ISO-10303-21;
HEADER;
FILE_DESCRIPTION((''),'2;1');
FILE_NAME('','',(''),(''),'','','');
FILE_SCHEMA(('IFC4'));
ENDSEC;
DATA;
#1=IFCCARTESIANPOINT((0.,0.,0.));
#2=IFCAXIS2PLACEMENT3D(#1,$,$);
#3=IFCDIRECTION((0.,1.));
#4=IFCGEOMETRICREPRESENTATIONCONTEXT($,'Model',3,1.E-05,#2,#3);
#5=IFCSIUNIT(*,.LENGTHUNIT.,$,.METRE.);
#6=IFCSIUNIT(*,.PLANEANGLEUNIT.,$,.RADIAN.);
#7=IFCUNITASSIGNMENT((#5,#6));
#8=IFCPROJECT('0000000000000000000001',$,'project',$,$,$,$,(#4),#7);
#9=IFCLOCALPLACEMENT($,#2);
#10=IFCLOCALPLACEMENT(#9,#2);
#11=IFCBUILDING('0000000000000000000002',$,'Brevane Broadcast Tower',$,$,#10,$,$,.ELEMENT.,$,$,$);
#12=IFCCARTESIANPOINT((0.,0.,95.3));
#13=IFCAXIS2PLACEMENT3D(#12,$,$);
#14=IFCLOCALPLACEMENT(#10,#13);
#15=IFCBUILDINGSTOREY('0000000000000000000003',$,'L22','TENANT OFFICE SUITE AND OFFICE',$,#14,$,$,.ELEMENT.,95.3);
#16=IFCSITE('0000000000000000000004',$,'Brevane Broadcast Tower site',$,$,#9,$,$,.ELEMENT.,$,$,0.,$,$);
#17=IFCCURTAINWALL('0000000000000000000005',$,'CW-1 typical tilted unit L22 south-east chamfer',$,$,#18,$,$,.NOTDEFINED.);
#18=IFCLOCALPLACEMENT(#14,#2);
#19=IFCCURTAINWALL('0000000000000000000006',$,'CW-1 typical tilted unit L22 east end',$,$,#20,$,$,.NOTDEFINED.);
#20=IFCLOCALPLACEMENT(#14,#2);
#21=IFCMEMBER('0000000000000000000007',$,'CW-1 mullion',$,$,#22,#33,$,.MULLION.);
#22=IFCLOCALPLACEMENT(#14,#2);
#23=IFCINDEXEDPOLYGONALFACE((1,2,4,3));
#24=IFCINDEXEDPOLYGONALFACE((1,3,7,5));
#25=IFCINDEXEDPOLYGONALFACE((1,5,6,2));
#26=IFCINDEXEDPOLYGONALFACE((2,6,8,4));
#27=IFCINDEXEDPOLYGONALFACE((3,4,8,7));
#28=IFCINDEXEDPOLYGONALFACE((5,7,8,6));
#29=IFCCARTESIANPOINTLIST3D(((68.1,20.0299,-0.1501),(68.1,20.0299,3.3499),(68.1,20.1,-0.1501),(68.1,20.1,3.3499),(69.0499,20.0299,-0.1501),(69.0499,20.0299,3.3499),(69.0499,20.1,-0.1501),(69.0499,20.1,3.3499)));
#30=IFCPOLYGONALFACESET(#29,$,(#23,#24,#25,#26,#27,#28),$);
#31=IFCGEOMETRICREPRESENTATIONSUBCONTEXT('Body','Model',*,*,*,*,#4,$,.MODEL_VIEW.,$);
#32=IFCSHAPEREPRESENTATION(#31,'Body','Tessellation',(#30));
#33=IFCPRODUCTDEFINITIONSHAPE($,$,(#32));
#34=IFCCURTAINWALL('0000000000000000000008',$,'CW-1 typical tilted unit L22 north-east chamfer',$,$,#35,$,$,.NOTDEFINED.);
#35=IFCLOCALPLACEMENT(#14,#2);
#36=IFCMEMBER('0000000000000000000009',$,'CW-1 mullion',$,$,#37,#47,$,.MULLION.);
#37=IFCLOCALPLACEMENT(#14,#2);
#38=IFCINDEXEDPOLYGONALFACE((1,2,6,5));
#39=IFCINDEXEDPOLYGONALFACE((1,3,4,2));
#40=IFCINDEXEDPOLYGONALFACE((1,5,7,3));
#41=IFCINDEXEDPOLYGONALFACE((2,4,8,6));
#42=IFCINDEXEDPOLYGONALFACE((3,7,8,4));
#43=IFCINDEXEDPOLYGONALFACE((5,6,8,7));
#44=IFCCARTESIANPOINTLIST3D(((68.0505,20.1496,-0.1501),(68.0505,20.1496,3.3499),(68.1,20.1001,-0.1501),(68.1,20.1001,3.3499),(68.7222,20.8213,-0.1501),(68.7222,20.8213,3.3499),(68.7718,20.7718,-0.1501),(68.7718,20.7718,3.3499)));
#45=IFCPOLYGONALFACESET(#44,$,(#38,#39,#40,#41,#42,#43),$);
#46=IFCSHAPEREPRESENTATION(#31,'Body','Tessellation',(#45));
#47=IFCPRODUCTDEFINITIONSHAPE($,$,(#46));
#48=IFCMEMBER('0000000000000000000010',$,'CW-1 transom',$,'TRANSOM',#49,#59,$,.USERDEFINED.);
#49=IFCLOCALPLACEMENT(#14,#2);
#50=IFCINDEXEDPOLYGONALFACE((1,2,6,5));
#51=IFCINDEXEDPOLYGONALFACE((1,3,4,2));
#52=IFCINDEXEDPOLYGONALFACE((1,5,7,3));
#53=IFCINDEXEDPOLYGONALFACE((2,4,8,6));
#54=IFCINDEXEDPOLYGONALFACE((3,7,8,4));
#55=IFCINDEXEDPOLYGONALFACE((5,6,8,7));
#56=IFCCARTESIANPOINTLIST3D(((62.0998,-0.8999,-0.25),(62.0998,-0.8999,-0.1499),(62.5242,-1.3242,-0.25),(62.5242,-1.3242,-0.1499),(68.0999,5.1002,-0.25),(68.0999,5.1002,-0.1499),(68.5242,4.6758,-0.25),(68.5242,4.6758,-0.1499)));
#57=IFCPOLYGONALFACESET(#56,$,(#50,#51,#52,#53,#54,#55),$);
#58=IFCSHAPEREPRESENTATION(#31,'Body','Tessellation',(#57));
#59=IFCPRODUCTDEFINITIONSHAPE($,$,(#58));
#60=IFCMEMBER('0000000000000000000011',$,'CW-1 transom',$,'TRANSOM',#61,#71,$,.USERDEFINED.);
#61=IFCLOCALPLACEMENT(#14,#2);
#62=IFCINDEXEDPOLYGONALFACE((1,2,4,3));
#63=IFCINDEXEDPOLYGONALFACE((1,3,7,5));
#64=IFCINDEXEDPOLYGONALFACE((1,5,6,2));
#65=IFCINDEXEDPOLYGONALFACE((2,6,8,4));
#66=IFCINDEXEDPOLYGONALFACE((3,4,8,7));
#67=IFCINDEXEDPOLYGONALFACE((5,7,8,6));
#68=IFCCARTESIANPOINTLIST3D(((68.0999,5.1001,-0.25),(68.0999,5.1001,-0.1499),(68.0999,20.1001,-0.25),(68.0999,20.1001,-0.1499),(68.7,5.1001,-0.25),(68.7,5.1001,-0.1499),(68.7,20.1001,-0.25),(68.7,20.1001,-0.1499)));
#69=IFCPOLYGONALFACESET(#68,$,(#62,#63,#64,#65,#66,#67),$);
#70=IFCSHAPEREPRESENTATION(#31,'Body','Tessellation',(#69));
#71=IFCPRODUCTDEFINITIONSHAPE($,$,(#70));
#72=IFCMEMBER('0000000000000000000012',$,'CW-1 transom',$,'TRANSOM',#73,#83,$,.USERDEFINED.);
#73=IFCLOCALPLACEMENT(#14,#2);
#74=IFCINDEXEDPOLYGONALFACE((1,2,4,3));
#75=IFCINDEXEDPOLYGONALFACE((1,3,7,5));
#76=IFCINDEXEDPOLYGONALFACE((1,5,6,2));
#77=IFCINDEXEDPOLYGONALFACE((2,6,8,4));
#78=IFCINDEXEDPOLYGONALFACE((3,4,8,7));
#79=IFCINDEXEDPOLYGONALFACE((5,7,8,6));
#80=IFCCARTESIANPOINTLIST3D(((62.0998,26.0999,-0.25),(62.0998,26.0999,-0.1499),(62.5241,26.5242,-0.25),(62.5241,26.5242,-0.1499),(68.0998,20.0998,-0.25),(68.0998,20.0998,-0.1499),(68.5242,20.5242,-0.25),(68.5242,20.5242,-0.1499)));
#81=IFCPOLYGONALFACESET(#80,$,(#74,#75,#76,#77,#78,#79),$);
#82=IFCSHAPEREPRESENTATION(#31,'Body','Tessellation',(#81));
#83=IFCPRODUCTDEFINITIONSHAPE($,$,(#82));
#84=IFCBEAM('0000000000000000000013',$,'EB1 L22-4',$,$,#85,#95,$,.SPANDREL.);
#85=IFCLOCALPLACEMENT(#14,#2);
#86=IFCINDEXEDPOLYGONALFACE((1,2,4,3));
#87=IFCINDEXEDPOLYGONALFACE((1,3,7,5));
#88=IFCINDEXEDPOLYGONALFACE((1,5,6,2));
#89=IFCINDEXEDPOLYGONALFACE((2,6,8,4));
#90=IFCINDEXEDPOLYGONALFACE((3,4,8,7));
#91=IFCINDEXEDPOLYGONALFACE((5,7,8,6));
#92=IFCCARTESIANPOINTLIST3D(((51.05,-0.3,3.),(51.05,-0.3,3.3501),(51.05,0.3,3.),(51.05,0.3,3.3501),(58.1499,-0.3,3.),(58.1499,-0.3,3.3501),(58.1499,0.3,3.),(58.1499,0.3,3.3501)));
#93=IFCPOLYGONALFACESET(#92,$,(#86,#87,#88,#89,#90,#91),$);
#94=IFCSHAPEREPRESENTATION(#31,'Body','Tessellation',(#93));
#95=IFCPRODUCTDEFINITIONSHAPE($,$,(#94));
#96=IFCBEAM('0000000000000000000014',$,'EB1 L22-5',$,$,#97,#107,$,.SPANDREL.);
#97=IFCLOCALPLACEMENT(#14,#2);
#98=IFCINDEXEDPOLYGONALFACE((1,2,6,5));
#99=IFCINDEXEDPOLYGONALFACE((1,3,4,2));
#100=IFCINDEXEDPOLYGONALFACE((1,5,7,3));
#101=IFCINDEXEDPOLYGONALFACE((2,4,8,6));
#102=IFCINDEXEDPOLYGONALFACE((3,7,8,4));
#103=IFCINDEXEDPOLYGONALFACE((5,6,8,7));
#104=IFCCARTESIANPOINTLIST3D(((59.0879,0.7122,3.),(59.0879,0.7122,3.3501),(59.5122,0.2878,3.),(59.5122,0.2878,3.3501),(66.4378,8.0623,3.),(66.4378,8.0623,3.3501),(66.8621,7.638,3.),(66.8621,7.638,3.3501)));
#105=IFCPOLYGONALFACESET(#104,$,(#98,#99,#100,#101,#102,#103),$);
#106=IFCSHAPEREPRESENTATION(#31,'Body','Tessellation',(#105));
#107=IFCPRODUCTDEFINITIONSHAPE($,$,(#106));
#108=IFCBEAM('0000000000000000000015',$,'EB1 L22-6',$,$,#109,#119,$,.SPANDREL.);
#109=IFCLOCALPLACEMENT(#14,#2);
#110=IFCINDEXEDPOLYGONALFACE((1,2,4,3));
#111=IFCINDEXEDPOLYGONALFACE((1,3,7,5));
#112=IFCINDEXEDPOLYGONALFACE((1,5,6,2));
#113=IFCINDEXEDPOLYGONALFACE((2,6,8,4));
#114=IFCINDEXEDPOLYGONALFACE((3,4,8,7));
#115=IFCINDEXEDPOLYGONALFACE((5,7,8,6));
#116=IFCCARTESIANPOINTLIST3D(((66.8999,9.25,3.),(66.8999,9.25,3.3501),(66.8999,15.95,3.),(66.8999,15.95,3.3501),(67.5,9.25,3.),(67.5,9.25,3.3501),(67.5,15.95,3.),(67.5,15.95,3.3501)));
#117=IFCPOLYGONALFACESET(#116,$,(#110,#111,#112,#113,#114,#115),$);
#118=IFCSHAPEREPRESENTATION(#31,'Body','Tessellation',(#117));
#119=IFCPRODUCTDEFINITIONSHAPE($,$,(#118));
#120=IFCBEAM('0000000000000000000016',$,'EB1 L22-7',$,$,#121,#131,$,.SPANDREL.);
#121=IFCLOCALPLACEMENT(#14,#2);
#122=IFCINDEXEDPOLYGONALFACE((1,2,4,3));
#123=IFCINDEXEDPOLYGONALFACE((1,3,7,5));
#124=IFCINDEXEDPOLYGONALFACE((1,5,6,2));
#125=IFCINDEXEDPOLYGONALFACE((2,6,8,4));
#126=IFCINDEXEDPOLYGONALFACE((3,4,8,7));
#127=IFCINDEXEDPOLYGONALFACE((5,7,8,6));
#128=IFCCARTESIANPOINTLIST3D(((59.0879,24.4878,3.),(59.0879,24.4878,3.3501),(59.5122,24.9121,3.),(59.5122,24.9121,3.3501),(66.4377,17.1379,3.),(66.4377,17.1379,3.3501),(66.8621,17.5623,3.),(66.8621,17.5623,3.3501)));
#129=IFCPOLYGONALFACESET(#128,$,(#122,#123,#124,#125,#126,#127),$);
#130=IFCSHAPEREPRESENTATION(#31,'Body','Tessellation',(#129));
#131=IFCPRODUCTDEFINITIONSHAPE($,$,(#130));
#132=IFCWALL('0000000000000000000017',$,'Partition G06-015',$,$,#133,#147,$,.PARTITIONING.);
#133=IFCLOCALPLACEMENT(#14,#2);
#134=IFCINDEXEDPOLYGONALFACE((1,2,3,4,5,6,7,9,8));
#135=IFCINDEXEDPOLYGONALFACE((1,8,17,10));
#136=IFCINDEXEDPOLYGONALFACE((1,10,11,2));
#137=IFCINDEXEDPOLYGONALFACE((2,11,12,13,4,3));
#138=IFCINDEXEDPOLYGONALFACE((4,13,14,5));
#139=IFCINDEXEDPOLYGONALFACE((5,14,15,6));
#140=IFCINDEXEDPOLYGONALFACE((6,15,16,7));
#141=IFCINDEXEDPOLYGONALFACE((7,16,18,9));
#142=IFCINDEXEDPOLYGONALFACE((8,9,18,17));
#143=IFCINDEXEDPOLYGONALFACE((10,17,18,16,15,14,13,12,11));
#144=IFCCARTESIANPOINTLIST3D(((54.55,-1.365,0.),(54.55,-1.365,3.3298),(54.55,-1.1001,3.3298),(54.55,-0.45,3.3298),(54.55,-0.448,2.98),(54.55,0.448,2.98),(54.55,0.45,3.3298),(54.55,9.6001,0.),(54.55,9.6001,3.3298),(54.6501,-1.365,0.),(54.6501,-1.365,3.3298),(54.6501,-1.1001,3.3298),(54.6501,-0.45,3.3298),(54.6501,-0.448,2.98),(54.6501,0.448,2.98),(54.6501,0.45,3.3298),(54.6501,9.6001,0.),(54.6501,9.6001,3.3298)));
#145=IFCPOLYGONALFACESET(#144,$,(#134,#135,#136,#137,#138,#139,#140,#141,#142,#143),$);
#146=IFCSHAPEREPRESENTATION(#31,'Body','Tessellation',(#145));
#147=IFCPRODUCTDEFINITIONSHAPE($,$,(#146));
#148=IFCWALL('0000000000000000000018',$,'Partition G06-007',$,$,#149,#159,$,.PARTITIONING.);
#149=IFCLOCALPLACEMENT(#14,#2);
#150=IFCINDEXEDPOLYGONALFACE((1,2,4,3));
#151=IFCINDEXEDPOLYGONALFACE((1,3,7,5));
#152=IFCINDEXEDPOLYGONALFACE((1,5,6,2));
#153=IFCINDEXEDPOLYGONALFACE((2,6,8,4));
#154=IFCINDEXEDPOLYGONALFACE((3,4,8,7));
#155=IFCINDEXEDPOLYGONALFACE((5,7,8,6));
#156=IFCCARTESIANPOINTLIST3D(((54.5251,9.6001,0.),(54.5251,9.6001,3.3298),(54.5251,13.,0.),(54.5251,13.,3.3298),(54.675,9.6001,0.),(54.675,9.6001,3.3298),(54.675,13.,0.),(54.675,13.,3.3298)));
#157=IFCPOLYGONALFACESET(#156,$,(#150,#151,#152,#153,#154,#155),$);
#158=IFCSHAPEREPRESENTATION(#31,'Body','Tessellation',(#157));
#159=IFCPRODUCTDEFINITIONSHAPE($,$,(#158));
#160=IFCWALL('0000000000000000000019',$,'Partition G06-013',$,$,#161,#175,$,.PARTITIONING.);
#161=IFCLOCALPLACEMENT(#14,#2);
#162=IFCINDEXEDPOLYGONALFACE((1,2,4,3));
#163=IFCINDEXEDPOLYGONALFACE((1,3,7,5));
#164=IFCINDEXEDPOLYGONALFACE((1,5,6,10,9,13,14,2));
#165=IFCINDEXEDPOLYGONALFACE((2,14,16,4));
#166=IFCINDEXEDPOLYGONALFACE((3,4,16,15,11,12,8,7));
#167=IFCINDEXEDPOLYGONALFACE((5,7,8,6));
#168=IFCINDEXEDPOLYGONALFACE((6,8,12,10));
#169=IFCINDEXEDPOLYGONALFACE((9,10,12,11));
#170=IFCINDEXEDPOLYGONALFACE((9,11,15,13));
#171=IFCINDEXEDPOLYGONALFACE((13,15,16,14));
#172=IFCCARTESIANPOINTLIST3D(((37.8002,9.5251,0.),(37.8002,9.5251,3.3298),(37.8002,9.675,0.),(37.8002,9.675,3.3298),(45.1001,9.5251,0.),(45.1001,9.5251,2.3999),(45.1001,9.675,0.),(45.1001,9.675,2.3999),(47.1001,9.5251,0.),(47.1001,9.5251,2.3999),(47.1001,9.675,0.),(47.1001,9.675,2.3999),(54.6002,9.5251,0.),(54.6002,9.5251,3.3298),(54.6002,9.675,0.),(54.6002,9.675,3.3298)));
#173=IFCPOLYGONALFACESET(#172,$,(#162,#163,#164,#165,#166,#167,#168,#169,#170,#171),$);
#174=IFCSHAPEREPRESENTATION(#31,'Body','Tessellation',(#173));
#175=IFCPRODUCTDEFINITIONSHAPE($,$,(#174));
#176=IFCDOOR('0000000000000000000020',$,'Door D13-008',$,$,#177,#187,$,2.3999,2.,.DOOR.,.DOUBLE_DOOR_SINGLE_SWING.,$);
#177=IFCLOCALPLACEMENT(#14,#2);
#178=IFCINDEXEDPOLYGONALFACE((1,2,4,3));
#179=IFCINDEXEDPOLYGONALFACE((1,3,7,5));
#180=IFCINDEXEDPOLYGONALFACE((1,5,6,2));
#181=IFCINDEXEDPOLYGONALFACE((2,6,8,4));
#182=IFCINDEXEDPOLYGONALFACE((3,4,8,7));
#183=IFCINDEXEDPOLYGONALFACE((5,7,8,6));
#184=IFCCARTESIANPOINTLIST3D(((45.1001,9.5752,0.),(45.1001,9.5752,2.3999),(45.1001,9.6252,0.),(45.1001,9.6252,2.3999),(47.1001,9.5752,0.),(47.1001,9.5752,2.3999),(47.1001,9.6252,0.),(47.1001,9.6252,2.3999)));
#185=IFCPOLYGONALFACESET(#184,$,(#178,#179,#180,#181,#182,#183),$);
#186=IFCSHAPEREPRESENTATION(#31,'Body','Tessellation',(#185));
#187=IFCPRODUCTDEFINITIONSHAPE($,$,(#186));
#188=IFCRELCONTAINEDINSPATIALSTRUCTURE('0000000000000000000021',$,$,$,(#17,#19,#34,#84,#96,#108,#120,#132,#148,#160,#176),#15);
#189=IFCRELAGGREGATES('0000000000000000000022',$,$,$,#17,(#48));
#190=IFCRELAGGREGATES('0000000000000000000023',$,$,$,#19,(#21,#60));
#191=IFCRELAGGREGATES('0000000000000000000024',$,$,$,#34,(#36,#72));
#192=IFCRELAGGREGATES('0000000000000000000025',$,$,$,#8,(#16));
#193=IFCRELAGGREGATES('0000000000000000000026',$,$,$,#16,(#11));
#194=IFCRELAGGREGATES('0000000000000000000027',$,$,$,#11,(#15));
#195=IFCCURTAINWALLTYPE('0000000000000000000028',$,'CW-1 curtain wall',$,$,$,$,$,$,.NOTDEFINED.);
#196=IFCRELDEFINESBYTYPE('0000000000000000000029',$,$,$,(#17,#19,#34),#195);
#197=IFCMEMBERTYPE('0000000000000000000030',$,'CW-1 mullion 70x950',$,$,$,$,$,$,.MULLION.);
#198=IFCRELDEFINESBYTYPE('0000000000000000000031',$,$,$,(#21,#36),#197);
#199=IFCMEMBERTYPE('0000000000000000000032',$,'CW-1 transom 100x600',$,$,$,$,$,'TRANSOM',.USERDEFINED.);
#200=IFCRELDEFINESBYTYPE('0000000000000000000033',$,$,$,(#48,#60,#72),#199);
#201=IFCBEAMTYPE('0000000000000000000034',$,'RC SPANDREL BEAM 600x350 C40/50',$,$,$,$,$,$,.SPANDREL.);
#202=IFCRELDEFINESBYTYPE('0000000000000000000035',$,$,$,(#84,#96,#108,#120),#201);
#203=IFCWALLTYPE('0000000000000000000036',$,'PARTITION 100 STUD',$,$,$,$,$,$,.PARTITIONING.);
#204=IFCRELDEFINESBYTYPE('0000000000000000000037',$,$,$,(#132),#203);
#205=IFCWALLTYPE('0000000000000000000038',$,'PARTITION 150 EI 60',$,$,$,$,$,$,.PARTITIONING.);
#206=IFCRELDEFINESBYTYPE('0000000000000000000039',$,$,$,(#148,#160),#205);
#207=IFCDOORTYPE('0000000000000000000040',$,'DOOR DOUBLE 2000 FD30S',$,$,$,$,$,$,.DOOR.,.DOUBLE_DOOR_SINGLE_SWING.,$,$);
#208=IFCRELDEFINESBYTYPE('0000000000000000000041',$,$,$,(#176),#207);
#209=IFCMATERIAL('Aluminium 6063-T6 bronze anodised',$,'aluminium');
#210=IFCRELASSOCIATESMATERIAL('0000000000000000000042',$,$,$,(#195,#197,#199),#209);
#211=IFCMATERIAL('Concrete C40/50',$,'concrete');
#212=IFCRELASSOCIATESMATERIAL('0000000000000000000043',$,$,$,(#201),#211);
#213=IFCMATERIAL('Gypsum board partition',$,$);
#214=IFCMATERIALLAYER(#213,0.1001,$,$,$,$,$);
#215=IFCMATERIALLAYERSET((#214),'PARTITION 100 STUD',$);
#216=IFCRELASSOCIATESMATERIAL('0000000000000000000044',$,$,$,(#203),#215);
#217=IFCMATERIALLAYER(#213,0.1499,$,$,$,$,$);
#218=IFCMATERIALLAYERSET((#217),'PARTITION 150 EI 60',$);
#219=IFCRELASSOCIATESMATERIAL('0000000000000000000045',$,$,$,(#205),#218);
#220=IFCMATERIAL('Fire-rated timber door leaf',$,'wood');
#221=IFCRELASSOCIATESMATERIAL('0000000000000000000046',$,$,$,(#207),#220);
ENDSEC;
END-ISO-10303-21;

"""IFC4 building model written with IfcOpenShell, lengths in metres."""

from ifc_helpers import new_model, si_unit, direction, frame, frame_2d, origin, origin_2d, place, context, subcontext, project, spatial, polyline, rectangle, outline, extrude, material, layer, layer_set, material_profile, profile_set, type_object, element, fill, aggregate, save


model = new_model("IFC4")

# Units and contexts
model_context = context("Model", 3, precision=1e-05, world=origin(), true_north=direction((0.0, 1.0)))
body_context = subcontext(model_context, "Body", "Model", "MODEL_VIEW")
ifc_project = project(units=[si_unit("LENGTHUNIT", "METRE"), si_unit("PLANEANGLEUNIT", "RADIAN")], contexts=[model_context])

# Site, building, storey
site_placement = place(None, origin())
site = spatial("IfcSite", under=ifc_project, at=site_placement, Name="Brevane Broadcast Tower site", CompositionType="ELEMENT", RefElevation=0.0)
building_placement = place(site_placement, origin())
building = spatial("IfcBuilding", under=site, at=building_placement, Name="Brevane Broadcast Tower", CompositionType="ELEMENT")
storey_placement = place(building_placement, frame((0.0, 0.0, 95.3)))
storey = spatial("IfcBuildingStorey", under=building, at=storey_placement, Name="L22", Description="TENANT OFFICE SUITE AND OFFICE", CompositionType="ELEMENT", Elevation=95.3)

# Curtain walls, member
ifc_material_1 = material(Name="Aluminium 6063-T6 bronze anodised", Category="aluminium")
curtain_wall_type = type_object("IfcCurtainWallType", Name="CW-1 curtain wall", PredefinedType="NOTDEFINED", material=ifc_material_1)
ifc_material_profile_1 = material_profile(ifc_material_1, rectangle(XDim=0.95, YDim=0.0701, at=origin_2d()), Name="RECT 70x950")
ifc_profile_set_1 = profile_set([ifc_material_profile_1], Name="Aluminium 6063-T6 bronze anodised")
member_type_1 = type_object("IfcMemberType", Name="CW-1 mullion 70x950", PredefinedType="MULLION", material=ifc_profile_set_1)
curtain_wall_1_placement = place(storey_placement, origin())
curtain_wall_1 = element("IfcCurtainWall", 1, at=curtain_wall_1_placement, inside=storey, type_object=curtain_wall_type, Name="CW-1 typical tilted unit L22 south-east chamfer", PredefinedType="NOTDEFINED")
curtain_wall_2_placement = place(storey_placement, origin())
curtain_wall_2 = element("IfcCurtainWall", 2, at=curtain_wall_2_placement, inside=storey, type_object=curtain_wall_type, Name="CW-1 typical tilted unit L22 east end", PredefinedType="NOTDEFINED")
member_1_placement = place(storey_placement, frame((68.575, 20.0649, -0.1501), z_axis=(0.0, 0.0, 1.0), x_axis=(-1.0, 0.0, 0.0)))
member_1 = element("IfcMember", 3, at=member_1_placement, type_object=member_type_1, Name="CW-1 mullion", PredefinedType="MULLION", context=body_context, shape_type="SweptSolid", body=[
    extrude(rectangle(XDim=0.95, YDim=0.0701, at=origin_2d()), origin(), (0.0, 0.0, 1.0), 3.5),
])

# Curtain wall, member
curtain_wall_3_placement = place(storey_placement, origin())
curtain_wall_3 = element("IfcCurtainWall", 4, at=curtain_wall_3_placement, inside=storey, type_object=curtain_wall_type, Name="CW-1 typical tilted unit L22 north-east chamfer", PredefinedType="NOTDEFINED")
member_2_placement = place(storey_placement, frame((68.4111, 20.4607, -0.1501), z_axis=(0.0, 0.0, 1.0), x_axis=(-0.707107, -0.707107, 0.0)))
member_2 = element("IfcMember", 5, at=member_2_placement, type_object=member_type_1, Name="CW-1 mullion", PredefinedType="MULLION", context=body_context, shape_type="SweptSolid", body=[
    extrude(rectangle(XDim=0.95, YDim=0.0701, at=origin_2d()), origin(), (0.0, 0.0, 1.0), 3.5),
])

# Members
ifc_material_profile_2 = material_profile(ifc_material_1, rectangle(XDim=0.6001, YDim=0.1001, at=origin_2d()), Name="RECT 100x600")
ifc_profile_set_2 = profile_set([ifc_material_profile_2], Name="Aluminium 6063-T6 bronze anodised")
member_type_2 = type_object("IfcMemberType", Name="CW-1 transom 100x600", ElementType="TRANSOM", PredefinedType="USERDEFINED", material=ifc_profile_set_2)
member_3_placement = place(storey_placement, frame((62.312, -1.1121, -0.2), z_axis=(0.707107, 0.707107, 0.0), x_axis=(-0.707107, 0.707107, 0.0)))
member_3 = element("IfcMember", 6, at=member_3_placement, type_object=member_type_2, Name="CW-1 transom", ObjectType="TRANSOM", PredefinedType="USERDEFINED", context=body_context, shape_type="SweptSolid", body=[
    extrude(rectangle(XDim=0.6001, YDim=0.1001, at=origin_2d()), origin(), (0.0, 0.0, 1.0), 8.4854),
])
aggregate(curtain_wall_1, [member_3])
member_4_placement = place(storey_placement, frame((68.3999, 5.1001, -0.2), z_axis=(0.0, 1.0, 0.0), x_axis=(-1.0, 0.0, 0.0)))
member_4 = element("IfcMember", 7, at=member_4_placement, type_object=member_type_2, Name="CW-1 transom", ObjectType="TRANSOM", PredefinedType="USERDEFINED", context=body_context, shape_type="SweptSolid", body=[
    extrude(rectangle(XDim=0.6001, YDim=0.1001, at=origin_2d()), origin(), (0.0, 0.0, 1.0), 15.0),
])
aggregate(curtain_wall_2, [member_1, member_4])
member_5_placement = place(storey_placement, frame((68.312, 20.312, -0.2), z_axis=(-0.707107, 0.707107, 0.0), x_axis=(-0.707107, -0.707107, 0.0)))
member_5 = element("IfcMember", 8, at=member_5_placement, type_object=member_type_2, Name="CW-1 transom", ObjectType="TRANSOM", PredefinedType="USERDEFINED", context=body_context, shape_type="SweptSolid", body=[
    extrude(rectangle(XDim=0.6001, YDim=0.1001, at=origin_2d()), origin(), (0.0, 0.0, 1.0), 8.4854),
])
aggregate(curtain_wall_3, [member_2, member_5])

# Beams
ifc_material_2 = material(Name="Concrete C40/50", Category="concrete")
ifc_material_profile_3 = material_profile(ifc_material_2, rectangle(XDim=0.6001, YDim=0.3501, at=origin_2d()), Name="RC 600x350")
ifc_profile_set_3 = profile_set([ifc_material_profile_3], Name="Concrete C40/50")
beam_type = type_object("IfcBeamType", Name="RC SPANDREL BEAM 600x350 C40/50", PredefinedType="SPANDREL", material=ifc_profile_set_3)
beam_1_placement = place(storey_placement, frame((51.05, 0.0, 3.175), z_axis=(1.0, 0.0, 0.0), x_axis=(0.0, 1.0, 0.0)))
element("IfcBeam", 9, at=beam_1_placement, inside=storey, type_object=beam_type, Name="EB1 L22-4", PredefinedType="SPANDREL", context=body_context, shape_type="SweptSolid", body=[
    extrude(rectangle(XDim=0.6001, YDim=0.3501, at=origin_2d()), origin(), (0.0, 0.0, 1.0), 7.0999),
])
beam_2_placement = place(storey_placement, frame((59.3, 0.5, 3.175), z_axis=(0.707095, 0.707119, 0.0), x_axis=(-0.707119, 0.707095, 0.0)))
element("IfcBeam", 10, at=beam_2_placement, inside=storey, type_object=beam_type, Name="EB1 L22-5", PredefinedType="SPANDREL", context=body_context, shape_type="SweptSolid", body=[
    extrude(rectangle(XDim=0.6001, YDim=0.3501, at=origin_2d()), origin(), (0.0, 0.0, 1.0), 10.3945),
])
beam_3_placement = place(storey_placement, frame((67.2, 9.25, 3.175), z_axis=(0.0, 1.0, 0.0), x_axis=(-1.0, 0.0, 0.0)))
element("IfcBeam", 11, at=beam_3_placement, inside=storey, type_object=beam_type, Name="EB1 L22-6", PredefinedType="SPANDREL", context=body_context, shape_type="SweptSolid", body=[
    extrude(rectangle(XDim=0.6001, YDim=0.3501, at=origin_2d()), origin(), (0.0, 0.0, 1.0), 6.7),
])
beam_4_placement = place(storey_placement, frame((66.6499, 17.3501, 3.175), z_axis=(-0.707107, 0.707107, 0.0), x_axis=(-0.707107, -0.707107, 0.0)))
element("IfcBeam", 12, at=beam_4_placement, inside=storey, type_object=beam_type, Name="EB1 L22-7", PredefinedType="SPANDREL", context=body_context, shape_type="SweptSolid", body=[
    extrude(rectangle(XDim=0.6001, YDim=0.3501, at=origin_2d()), origin(), (0.0, 0.0, 1.0), 10.3943),
])

# Walls
ifc_material_3 = material(Name="Gypsum board partition")
ifc_layer_1 = layer(ifc_material_3, 0.1001)
ifc_layer_set_1 = layer_set([ifc_layer_1], Name="PARTITION 100 STUD")
wall_type_1 = type_object("IfcWallType", Name="PARTITION 100 STUD", PredefinedType="PARTITIONING", material=ifc_layer_set_1)
wall_1_placement = place(storey_placement, frame((54.6001, -1.365, 0.0), z_axis=(0.0, 0.0, 1.0), x_axis=(0.0, 1.0, 0.0)))
element("IfcWall", 13, at=wall_1_placement, inside=storey, type_object=wall_type_1, Name="Partition G06-015", PredefinedType="PARTITIONING", context=body_context, shape_type="SweptSolid", body=[
    extrude(outline(polyline([(0.0, 0.0), (10.9651, 0.0), (10.9651, 3.3298), (1.8149, 3.3298), (1.813, 2.98), (0.917, 2.98), (0.915, 3.3298), (0.2649, 3.3298), (0.0, 3.3298), (0.0, 0.0)])), frame((0.0, 0.05, 0.0), z_axis=(0.0, -1.0, 0.0), x_axis=(1.0, 0.0, 0.0)), (0.0, 0.0, 1.0), 0.1001),
])
ifc_layer_2 = layer(ifc_material_3, 0.1499)
ifc_layer_set_2 = layer_set([ifc_layer_2], Name="PARTITION 150 EI 60")
wall_type_2 = type_object("IfcWallType", Name="PARTITION 150 EI 60", PredefinedType="PARTITIONING", material=ifc_layer_set_2)
wall_2_placement = place(storey_placement, frame((54.6001, 13.0, 0.0), z_axis=(0.0, 0.0, 1.0), x_axis=(0.0, -1.0, 0.0)))
element("IfcWall", 14, at=wall_2_placement, inside=storey, type_object=wall_type_2, Name="Partition G06-007", PredefinedType="PARTITIONING", context=body_context, shape_type="SweptSolid", body=[
    extrude(rectangle(XDim=3.3999, YDim=0.1499, at=frame_2d((1.7, 0.0))), origin(), (0.0, 0.0, 1.0), 3.3298),
])

# Wall, opening, door
wall_3_placement = place(storey_placement, frame((54.6001, 9.6001, 0.0), z_axis=(0.0, 0.0, 1.0), x_axis=(-1.0, 0.0, 0.0)))
wall_3 = element("IfcWall", 15, at=wall_3_placement, inside=storey, type_object=wall_type_2, Name="Partition G06-013", PredefinedType="PARTITIONING", context=body_context, shape_type="SweptSolid", body=[
    extrude(rectangle(XDim=16.8, YDim=0.1499, at=frame_2d((8.3999, 0.0))), origin(), (0.0, 0.0, 1.0), 3.3298),
])
opening_1_placement = place(wall_3_placement, frame((7.5, 0.0, 0.0)))
opening_1 = element("IfcOpeningElement", 16, at=opening_1_placement, cuts=wall_3, PredefinedType="OPENING", context=body_context, shape_type="SweptSolid", body=[
    extrude(rectangle(XDim=2.0, YDim=2.3999, at=frame_2d((1.0, 1.2))), frame((0.0, 0.085, 0.0), z_axis=(0.0, -1.0, 0.0), x_axis=(1.0, 0.0, 0.0)), (0.0, 0.0, 1.0), 0.1699),
])
ifc_material_4 = material(Name="Fire-rated timber door leaf", Category="wood")
door_type = type_object("IfcDoorType", Name="DOOR DOUBLE 2000 FD30S", OperationType="DOUBLE_DOOR_SINGLE_SWING", PredefinedType="DOOR", material=ifc_material_4)
door_1_placement = place(opening_1_placement, origin())
door_1 = element("IfcDoor", 17, at=door_1_placement, inside=storey, type_object=door_type, Name="Door D13-008", OperationType="DOUBLE_DOOR_SINGLE_SWING", OverallHeight=2.3999, OverallWidth=2.0, PredefinedType="DOOR", context=body_context, shape_type="SweptSolid", body=[
    extrude(rectangle(XDim=2.0, YDim=2.3999, at=frame_2d((1.0, 1.2))), frame((0.0, 0.0249, 0.0), z_axis=(0.0, -1.0, 0.0), x_axis=(1.0, 0.0, 0.0)), (0.0, 0.0, 1.0), 0.05),
])
fill(opening_1, door_1)

save(model, "model.ifc")
